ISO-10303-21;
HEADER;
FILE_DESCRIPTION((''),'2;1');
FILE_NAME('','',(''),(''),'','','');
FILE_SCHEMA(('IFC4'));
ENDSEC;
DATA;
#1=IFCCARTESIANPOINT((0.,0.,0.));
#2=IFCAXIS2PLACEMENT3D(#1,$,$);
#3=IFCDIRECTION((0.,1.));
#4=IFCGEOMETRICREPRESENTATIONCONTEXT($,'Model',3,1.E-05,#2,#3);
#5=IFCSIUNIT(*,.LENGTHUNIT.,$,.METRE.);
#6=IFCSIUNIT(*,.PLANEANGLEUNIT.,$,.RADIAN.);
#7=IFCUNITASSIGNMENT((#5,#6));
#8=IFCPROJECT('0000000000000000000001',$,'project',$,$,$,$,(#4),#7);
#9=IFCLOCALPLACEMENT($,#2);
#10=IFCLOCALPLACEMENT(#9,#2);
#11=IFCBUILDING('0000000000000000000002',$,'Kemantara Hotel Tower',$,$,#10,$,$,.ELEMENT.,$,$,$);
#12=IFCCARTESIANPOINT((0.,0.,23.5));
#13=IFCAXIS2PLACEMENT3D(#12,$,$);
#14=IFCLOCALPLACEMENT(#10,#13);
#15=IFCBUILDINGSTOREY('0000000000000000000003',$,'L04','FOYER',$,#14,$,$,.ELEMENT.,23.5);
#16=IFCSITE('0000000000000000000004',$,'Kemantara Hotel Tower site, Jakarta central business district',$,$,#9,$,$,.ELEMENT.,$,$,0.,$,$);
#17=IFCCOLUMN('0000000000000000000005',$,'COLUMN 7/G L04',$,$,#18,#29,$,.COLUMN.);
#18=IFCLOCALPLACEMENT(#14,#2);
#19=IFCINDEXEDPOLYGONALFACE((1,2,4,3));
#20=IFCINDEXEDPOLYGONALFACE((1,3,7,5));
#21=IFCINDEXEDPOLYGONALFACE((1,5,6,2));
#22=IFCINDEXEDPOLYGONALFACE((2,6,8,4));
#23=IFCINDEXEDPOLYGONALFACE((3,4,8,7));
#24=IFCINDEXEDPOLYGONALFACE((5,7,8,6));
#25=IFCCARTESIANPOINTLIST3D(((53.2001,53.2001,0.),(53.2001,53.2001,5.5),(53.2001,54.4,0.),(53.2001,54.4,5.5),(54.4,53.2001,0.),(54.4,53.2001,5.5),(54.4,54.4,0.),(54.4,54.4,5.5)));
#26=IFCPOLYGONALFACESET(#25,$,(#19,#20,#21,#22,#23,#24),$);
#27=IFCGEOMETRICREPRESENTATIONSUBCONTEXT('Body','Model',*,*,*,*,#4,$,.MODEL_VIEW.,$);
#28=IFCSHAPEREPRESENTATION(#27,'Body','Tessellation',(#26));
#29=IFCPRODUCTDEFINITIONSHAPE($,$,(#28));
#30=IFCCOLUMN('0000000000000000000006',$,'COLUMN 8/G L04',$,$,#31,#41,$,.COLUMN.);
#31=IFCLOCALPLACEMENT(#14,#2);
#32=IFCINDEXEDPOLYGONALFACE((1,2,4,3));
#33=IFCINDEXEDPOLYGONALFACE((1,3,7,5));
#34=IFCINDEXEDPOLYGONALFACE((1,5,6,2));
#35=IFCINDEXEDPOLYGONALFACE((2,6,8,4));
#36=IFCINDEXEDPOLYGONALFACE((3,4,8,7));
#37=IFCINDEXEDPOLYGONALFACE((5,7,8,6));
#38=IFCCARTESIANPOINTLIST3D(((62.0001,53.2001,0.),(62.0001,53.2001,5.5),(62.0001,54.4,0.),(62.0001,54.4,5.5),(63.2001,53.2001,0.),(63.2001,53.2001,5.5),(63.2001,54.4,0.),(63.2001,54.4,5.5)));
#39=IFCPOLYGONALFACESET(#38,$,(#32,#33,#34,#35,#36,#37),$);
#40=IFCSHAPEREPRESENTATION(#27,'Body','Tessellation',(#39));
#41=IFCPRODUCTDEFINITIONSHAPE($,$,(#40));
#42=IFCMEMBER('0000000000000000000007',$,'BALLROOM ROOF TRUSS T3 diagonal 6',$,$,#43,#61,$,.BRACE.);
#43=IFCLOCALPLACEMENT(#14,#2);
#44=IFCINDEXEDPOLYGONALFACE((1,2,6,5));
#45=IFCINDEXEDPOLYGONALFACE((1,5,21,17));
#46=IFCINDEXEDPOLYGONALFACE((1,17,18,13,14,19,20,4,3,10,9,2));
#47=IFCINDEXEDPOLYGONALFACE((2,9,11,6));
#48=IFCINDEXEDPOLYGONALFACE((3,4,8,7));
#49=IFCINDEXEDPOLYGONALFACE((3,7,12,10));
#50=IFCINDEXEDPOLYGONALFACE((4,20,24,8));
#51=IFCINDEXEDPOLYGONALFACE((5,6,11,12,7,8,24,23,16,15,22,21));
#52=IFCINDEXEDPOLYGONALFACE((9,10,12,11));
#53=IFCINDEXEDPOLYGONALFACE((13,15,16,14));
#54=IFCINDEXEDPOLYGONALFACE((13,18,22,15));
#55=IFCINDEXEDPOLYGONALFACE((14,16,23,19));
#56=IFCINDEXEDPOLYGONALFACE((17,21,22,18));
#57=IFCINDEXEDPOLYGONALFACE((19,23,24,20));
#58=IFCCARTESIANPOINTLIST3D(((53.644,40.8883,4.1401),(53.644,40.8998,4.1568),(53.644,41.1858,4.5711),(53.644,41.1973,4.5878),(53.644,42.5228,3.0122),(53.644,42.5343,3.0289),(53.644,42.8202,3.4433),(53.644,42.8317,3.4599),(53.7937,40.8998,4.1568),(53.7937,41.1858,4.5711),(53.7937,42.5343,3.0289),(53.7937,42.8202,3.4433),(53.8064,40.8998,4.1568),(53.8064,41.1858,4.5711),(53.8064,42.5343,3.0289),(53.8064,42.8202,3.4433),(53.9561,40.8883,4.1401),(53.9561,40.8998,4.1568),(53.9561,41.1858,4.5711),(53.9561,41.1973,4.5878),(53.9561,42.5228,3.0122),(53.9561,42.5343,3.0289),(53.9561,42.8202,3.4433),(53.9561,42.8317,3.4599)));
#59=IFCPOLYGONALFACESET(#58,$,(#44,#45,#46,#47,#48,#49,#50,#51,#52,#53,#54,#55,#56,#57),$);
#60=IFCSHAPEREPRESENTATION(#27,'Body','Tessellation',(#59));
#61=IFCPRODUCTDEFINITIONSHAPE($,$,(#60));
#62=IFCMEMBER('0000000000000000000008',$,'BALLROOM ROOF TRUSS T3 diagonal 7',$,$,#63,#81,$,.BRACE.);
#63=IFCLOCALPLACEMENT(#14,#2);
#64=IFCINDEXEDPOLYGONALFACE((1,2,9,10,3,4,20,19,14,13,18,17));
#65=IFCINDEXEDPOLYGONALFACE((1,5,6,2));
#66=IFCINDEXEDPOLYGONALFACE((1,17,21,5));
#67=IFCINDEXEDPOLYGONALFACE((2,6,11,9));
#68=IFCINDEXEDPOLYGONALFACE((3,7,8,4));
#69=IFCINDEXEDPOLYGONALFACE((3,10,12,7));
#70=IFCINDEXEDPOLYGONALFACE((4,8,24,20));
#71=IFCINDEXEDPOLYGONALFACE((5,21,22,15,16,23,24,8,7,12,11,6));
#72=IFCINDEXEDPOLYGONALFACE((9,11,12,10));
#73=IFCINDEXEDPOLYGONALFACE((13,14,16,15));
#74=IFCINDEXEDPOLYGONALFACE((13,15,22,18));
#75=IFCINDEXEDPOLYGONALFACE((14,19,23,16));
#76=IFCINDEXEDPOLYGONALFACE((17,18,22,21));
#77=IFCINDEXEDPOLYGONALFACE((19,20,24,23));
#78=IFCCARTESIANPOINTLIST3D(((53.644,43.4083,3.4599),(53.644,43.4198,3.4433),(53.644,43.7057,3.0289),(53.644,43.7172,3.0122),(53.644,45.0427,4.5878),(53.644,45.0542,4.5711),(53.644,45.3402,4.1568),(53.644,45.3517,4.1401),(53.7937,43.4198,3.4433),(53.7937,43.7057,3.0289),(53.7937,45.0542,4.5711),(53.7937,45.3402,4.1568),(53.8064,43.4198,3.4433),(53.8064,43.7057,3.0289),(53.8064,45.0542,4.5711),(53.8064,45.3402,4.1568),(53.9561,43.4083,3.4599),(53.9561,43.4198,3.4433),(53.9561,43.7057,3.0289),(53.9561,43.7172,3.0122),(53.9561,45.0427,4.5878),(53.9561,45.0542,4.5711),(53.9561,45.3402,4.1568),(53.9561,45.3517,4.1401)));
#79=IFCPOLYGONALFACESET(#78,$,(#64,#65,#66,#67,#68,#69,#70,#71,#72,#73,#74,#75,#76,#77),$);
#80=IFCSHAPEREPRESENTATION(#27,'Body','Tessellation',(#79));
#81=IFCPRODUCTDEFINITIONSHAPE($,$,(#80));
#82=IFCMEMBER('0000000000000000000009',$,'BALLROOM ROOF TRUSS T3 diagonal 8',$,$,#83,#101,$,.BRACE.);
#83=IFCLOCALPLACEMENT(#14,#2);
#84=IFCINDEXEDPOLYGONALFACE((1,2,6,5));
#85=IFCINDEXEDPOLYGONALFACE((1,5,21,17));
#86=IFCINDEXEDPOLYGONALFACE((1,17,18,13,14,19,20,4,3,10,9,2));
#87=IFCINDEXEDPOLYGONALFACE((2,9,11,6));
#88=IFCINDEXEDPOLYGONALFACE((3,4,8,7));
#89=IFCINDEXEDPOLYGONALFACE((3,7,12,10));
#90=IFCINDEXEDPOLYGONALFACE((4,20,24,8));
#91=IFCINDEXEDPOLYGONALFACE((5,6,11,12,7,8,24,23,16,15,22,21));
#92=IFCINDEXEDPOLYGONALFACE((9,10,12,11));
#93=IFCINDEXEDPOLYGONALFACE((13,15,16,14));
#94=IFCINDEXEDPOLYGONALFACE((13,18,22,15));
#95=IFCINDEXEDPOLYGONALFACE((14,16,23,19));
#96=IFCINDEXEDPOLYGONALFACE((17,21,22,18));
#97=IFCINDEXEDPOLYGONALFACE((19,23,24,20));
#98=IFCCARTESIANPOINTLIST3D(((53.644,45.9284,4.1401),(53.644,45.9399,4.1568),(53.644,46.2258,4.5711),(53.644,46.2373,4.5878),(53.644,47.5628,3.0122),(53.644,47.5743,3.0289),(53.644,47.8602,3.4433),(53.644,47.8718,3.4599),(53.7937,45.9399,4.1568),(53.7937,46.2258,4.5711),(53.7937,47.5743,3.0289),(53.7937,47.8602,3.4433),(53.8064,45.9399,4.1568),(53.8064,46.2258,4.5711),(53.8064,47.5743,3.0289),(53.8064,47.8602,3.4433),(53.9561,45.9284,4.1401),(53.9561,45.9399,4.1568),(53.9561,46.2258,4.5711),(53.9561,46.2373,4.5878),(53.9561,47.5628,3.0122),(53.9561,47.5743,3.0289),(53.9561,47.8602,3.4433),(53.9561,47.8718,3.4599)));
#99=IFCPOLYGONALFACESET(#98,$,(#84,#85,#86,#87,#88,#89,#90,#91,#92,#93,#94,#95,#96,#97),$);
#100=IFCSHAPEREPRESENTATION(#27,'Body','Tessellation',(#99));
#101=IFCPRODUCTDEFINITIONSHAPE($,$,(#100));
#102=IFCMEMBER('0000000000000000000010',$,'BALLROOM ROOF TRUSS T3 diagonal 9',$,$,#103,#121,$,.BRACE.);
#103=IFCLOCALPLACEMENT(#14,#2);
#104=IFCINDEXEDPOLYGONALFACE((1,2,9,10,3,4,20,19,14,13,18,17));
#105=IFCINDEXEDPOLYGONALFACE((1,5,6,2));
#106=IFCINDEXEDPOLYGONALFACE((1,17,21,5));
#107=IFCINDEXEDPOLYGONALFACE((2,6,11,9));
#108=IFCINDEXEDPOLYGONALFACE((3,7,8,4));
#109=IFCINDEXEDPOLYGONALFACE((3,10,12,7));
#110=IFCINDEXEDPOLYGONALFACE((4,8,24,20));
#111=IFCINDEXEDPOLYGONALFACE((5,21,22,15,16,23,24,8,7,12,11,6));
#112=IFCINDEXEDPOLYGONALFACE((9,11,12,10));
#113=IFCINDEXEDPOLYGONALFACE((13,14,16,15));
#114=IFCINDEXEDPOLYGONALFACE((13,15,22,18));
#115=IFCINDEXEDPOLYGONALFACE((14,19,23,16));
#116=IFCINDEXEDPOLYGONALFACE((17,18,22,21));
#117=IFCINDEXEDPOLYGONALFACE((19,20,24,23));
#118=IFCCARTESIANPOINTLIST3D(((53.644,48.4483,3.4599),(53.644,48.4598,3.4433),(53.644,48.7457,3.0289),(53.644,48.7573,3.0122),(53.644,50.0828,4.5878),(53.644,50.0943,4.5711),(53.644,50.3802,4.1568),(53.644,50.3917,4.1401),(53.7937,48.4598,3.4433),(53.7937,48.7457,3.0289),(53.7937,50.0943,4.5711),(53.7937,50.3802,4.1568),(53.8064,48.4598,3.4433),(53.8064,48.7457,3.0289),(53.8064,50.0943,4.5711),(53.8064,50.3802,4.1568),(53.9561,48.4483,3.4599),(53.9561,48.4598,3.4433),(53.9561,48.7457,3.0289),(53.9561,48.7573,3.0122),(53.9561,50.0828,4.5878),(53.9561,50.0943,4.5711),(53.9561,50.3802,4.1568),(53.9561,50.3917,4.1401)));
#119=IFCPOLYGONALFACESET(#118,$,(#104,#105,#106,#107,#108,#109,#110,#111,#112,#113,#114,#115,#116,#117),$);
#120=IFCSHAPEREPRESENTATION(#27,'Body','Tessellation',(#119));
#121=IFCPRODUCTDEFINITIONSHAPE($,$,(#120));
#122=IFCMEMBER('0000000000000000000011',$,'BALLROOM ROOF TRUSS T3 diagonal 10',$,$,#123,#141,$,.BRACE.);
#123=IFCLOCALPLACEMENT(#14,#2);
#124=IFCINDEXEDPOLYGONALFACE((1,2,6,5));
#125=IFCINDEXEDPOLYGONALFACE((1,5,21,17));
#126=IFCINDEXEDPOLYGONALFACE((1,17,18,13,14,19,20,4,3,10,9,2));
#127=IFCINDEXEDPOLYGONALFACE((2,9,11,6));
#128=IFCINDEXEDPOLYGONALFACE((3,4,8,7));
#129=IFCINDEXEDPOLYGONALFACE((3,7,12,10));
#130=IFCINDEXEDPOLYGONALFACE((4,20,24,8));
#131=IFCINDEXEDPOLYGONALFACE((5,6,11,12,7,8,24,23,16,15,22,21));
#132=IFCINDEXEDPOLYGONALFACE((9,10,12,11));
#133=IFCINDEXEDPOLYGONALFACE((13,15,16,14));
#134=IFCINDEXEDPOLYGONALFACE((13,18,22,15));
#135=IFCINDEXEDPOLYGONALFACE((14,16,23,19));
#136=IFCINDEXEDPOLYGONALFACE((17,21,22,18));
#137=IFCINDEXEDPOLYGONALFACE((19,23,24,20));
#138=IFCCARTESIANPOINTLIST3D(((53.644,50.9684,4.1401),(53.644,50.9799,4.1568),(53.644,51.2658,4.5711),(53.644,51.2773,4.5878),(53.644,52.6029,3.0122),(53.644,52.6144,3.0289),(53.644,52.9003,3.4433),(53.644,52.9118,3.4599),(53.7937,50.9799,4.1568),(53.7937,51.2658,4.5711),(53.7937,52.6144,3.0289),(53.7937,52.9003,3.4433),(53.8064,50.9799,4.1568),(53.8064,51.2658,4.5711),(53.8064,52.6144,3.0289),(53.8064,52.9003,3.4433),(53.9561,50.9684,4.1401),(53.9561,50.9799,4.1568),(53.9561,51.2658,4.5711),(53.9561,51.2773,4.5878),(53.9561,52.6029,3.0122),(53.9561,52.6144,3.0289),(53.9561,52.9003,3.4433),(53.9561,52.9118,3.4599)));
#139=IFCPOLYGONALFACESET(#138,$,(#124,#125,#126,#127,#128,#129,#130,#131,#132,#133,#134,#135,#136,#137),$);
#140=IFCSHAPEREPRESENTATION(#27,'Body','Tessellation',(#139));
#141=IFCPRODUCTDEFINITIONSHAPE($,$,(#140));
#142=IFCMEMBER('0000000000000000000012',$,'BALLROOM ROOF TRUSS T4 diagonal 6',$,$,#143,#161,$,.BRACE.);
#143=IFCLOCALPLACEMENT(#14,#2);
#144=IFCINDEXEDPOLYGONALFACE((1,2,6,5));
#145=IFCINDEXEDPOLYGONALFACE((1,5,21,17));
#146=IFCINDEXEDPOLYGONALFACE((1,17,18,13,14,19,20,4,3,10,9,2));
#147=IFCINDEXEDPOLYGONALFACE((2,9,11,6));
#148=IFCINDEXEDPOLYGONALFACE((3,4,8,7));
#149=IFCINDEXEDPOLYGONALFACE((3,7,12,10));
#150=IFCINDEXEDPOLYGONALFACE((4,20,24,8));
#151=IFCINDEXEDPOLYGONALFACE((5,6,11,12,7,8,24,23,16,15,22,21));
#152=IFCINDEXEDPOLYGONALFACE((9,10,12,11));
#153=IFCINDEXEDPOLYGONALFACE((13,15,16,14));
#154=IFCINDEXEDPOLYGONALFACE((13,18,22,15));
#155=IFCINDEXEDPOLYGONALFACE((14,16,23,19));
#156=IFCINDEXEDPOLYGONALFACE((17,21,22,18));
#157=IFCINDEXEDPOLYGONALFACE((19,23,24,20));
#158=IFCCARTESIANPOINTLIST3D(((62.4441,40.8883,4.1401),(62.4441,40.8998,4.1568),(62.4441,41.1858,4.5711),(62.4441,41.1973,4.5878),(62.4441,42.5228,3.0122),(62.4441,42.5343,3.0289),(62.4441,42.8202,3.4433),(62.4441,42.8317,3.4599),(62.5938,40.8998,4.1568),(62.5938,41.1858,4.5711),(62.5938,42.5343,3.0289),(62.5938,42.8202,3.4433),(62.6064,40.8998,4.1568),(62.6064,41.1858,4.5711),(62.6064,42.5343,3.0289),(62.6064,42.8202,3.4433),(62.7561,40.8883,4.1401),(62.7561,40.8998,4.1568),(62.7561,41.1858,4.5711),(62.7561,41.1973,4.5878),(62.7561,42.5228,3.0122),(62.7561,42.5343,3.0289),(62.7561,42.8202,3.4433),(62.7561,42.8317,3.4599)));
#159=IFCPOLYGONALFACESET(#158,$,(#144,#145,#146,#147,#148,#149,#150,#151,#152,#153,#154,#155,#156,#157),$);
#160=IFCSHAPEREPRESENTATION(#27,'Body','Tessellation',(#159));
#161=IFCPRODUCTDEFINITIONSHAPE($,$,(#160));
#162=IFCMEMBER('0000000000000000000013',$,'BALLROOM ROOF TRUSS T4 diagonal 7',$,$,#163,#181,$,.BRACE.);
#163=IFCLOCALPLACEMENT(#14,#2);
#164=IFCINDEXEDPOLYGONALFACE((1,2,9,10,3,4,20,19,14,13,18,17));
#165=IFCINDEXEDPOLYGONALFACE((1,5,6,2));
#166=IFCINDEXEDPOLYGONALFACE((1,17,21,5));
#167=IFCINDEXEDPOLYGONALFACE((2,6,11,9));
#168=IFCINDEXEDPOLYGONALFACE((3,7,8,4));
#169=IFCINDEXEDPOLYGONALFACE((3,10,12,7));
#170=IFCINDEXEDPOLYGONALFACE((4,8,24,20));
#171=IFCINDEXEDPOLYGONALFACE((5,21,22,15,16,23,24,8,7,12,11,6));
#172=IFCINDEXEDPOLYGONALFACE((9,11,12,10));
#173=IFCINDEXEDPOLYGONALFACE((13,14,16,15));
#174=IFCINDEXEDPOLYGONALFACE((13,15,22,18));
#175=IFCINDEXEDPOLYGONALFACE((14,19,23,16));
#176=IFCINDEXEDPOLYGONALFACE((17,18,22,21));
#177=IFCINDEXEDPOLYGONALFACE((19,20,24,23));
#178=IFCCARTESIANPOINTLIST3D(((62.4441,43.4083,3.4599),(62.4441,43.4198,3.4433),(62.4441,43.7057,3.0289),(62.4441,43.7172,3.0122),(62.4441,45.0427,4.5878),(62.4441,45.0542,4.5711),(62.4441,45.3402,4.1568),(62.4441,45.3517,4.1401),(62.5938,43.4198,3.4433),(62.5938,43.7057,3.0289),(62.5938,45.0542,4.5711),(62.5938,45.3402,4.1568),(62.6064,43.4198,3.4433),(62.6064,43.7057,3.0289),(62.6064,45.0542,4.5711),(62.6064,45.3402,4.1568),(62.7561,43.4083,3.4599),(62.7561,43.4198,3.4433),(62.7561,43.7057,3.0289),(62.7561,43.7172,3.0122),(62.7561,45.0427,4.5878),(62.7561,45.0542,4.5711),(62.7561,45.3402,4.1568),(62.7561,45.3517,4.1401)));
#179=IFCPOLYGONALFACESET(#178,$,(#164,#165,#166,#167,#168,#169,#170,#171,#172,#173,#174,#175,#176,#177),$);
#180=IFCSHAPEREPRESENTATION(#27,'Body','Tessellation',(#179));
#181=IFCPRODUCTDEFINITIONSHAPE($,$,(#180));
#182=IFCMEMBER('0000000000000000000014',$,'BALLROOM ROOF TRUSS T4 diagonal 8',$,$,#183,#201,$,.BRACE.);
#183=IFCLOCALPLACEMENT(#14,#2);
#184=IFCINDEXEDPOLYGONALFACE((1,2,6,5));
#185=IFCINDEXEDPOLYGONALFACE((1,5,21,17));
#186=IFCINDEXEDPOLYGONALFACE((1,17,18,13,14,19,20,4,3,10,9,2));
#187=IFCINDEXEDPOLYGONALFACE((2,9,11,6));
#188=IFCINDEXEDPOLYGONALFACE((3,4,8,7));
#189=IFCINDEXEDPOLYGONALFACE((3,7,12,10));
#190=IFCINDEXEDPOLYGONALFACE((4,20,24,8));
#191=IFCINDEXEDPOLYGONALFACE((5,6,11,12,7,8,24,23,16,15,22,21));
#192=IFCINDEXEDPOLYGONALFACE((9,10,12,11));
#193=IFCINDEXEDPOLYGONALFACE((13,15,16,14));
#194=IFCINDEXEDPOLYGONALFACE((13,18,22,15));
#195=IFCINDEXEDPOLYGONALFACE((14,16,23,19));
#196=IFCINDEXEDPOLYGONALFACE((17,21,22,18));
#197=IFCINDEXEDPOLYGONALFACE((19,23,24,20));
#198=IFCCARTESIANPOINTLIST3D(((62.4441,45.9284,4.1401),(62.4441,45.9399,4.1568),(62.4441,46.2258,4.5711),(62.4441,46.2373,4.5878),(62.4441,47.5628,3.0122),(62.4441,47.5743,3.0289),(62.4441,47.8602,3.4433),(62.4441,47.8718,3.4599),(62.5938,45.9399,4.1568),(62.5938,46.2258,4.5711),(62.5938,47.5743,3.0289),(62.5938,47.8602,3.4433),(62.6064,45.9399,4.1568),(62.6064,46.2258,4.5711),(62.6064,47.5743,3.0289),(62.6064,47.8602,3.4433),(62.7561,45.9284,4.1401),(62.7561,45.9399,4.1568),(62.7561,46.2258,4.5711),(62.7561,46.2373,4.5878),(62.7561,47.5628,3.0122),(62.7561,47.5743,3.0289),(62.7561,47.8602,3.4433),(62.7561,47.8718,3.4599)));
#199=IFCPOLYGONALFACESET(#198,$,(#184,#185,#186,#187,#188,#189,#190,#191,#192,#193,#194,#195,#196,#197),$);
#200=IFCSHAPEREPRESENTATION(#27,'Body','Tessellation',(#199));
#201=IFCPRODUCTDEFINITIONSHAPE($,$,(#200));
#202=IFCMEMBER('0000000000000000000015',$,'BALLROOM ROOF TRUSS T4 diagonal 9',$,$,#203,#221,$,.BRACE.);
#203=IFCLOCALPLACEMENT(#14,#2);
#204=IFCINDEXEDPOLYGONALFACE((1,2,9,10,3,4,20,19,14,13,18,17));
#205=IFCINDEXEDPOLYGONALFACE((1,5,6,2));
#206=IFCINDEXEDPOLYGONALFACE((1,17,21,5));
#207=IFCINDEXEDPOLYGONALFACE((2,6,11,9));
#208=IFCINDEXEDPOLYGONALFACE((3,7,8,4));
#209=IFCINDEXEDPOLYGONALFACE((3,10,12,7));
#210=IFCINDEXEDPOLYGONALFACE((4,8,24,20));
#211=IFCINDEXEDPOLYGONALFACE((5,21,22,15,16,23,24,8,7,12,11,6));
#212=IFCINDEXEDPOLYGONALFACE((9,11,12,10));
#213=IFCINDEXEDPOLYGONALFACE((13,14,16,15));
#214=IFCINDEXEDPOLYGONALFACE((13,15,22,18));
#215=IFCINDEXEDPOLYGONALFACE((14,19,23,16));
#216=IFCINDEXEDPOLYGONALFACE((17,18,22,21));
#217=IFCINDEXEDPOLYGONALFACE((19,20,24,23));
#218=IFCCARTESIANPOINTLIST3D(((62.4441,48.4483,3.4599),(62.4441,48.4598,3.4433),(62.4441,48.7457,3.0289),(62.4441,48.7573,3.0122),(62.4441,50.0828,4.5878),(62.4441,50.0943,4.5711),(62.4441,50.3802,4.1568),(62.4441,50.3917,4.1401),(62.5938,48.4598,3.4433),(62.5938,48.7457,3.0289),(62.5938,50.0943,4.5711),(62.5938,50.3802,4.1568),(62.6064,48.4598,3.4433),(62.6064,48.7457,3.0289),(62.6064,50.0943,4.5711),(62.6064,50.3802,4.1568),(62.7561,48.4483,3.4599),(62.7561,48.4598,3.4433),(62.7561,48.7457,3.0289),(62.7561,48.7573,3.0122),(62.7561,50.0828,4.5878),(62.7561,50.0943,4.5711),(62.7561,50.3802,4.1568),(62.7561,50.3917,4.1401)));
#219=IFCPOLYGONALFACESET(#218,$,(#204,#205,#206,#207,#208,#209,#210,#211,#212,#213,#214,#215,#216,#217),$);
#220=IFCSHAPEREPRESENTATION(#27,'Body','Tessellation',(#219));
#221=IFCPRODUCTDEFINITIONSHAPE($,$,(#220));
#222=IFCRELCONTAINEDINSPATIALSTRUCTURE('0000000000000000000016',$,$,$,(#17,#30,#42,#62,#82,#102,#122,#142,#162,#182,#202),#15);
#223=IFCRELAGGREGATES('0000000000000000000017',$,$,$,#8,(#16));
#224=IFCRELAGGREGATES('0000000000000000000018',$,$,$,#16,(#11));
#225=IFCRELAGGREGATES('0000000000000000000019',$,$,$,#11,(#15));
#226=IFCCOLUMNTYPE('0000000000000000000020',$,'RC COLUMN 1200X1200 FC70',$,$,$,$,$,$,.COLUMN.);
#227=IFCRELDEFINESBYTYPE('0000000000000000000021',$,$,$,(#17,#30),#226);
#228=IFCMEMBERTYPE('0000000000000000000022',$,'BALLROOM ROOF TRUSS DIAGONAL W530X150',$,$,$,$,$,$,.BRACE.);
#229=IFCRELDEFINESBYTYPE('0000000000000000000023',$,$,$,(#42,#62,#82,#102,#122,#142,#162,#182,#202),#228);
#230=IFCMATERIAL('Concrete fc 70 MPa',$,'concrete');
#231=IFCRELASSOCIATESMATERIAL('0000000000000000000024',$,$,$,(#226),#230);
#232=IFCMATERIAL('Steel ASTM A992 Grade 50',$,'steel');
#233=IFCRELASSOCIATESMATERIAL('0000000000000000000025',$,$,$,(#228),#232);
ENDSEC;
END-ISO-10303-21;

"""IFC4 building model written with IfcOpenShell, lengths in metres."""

from ifc_helpers import new_model, si_unit, direction, frame, origin, origin_2d, place, context, subcontext, project, spatial, rectangle, i_section, extrude, material, material_profile, profile_set, type_object, element, save


model = new_model("IFC4")

# Units and contexts
model_context = context("Model", 3, precision=1e-05, world=origin(), true_north=direction((0.0, 1.0)))
body_context = subcontext(model_context, "Body", "Model", "MODEL_VIEW")
ifc_project = project(units=[si_unit("LENGTHUNIT", "METRE"), si_unit("PLANEANGLEUNIT", "RADIAN")], contexts=[model_context])

# Site, building, storey
site_placement = place(None, origin())
site = spatial("IfcSite", under=ifc_project, at=site_placement, Name="Kemantara Hotel Tower site, Jakarta central business district", CompositionType="ELEMENT", RefElevation=0.0)
building_placement = place(site_placement, origin())
building = spatial("IfcBuilding", under=site, at=building_placement, Name="Kemantara Hotel Tower", CompositionType="ELEMENT")
storey_placement = place(building_placement, frame((0.0, 0.0, 23.5)))
storey = spatial("IfcBuildingStorey", under=building, at=storey_placement, Name="L04", Description="FOYER", CompositionType="ELEMENT", Elevation=23.5)

# Columns
ifc_material_1 = material(Name="Concrete fc 70 MPa", Category="concrete")
ifc_material_profile_1 = material_profile(ifc_material_1, rectangle(XDim=1.2, YDim=1.2, at=origin_2d()), Name="RC 1200X1200")
ifc_profile_set_1 = profile_set([ifc_material_profile_1], Name="Concrete fc 70 MPa")
column_type = type_object("IfcColumnType", Name="RC COLUMN 1200X1200 FC70", PredefinedType="COLUMN", material=ifc_profile_set_1)
for number, where, z_axis, x_axis, name in (
    (1, (53.8, 53.8, 0.0), (0.0, 0.0, 1.0), (1.0, 0.0, 0.0), "COLUMN 7/G L04"),
    (2, (62.6001, 53.8, 0.0), (0.0, 0.0, 1.0), (1.0, 0.0, 0.0), "COLUMN 8/G L04"),
):
    element("IfcColumn", number, at=place(storey_placement, frame(where, z_axis=z_axis, x_axis=x_axis)), inside=storey, type_object=column_type, Name=name, PredefinedType="COLUMN", context=body_context, shape_type="SweptSolid", body=[
        extrude(rectangle(XDim=1.2, YDim=1.2, at=origin_2d()), origin(), (0.0, 0.0, 1.0), 5.5),
    ])

# Members
ifc_material_2 = material(Name="Steel ASTM A992 Grade 50", Category="steel")
ifc_material_profile_2 = material_profile(ifc_material_2, i_section(OverallWidth=0.312, OverallDepth=0.5439, WebThickness=0.0127, FlangeThickness=0.0203, at=origin_2d()), Name="W530X150")
ifc_profile_set_2 = profile_set([ifc_material_profile_2], Name="Steel ASTM A992 Grade 50")
member_type_1 = type_object("IfcMemberType", Name="BALLROOM ROOF TRUSS DIAGONAL W530X150", PredefinedType="BRACE", material=ifc_profile_set_2)
for number, where, z_axis, x_axis, name in (
    (3, (53.8, 42.6772, 3.2361), (0.0, -0.823054, 0.567963), (1.0, 0.0, 0.0), "BALLROOM ROOF TRUSS T3 diagonal 6"),
    (4, (53.8, 43.5627, 3.2361), (0.0, 0.823054, 0.567963), (-1.0, 0.0, 0.0), "BALLROOM ROOF TRUSS T3 diagonal 7"),
    (5, (53.8, 47.7173, 3.2361), (0.0, -0.823054, 0.567963), (1.0, 0.0, 0.0), "BALLROOM ROOF TRUSS T3 diagonal 8"),
    (6, (53.8, 48.6028, 3.2361), (0.0, 0.823054, 0.567963), (-1.0, 0.0, 0.0), "BALLROOM ROOF TRUSS T3 diagonal 9"),
    (7, (53.8, 52.7573, 3.2361), (0.0, -0.823054, 0.567963), (1.0, 0.0, 0.0), "BALLROOM ROOF TRUSS T3 diagonal 10"),
    (8, (62.6001, 42.6772, 3.2361), (0.0, -0.823054, 0.567963), (1.0, 0.0, 0.0), "BALLROOM ROOF TRUSS T4 diagonal 6"),
    (9, (62.6001, 43.5627, 3.2361), (0.0, 0.823054, 0.567963), (-1.0, 0.0, 0.0), "BALLROOM ROOF TRUSS T4 diagonal 7"),
    (10, (62.6001, 47.7173, 3.2361), (0.0, -0.823054, 0.567963), (1.0, 0.0, 0.0), "BALLROOM ROOF TRUSS T4 diagonal 8"),
    (11, (62.6001, 48.6028, 3.2361), (0.0, 0.823054, 0.567963), (-1.0, 0.0, 0.0), "BALLROOM ROOF TRUSS T4 diagonal 9"),
):
    element("IfcMember", number, at=place(storey_placement, frame(where, z_axis=z_axis, x_axis=x_axis)), inside=storey, type_object=member_type_1, Name=name, PredefinedType="BRACE", context=body_context, shape_type="SweptSolid", body=[
        extrude(i_section(OverallWidth=0.312, OverallDepth=0.5439, WebThickness=0.0127, FlangeThickness=0.0203, at=origin_2d()), origin(), (0.0, 0.0, 1.0), 1.9858),
    ])

save(model, "model.ifc")
